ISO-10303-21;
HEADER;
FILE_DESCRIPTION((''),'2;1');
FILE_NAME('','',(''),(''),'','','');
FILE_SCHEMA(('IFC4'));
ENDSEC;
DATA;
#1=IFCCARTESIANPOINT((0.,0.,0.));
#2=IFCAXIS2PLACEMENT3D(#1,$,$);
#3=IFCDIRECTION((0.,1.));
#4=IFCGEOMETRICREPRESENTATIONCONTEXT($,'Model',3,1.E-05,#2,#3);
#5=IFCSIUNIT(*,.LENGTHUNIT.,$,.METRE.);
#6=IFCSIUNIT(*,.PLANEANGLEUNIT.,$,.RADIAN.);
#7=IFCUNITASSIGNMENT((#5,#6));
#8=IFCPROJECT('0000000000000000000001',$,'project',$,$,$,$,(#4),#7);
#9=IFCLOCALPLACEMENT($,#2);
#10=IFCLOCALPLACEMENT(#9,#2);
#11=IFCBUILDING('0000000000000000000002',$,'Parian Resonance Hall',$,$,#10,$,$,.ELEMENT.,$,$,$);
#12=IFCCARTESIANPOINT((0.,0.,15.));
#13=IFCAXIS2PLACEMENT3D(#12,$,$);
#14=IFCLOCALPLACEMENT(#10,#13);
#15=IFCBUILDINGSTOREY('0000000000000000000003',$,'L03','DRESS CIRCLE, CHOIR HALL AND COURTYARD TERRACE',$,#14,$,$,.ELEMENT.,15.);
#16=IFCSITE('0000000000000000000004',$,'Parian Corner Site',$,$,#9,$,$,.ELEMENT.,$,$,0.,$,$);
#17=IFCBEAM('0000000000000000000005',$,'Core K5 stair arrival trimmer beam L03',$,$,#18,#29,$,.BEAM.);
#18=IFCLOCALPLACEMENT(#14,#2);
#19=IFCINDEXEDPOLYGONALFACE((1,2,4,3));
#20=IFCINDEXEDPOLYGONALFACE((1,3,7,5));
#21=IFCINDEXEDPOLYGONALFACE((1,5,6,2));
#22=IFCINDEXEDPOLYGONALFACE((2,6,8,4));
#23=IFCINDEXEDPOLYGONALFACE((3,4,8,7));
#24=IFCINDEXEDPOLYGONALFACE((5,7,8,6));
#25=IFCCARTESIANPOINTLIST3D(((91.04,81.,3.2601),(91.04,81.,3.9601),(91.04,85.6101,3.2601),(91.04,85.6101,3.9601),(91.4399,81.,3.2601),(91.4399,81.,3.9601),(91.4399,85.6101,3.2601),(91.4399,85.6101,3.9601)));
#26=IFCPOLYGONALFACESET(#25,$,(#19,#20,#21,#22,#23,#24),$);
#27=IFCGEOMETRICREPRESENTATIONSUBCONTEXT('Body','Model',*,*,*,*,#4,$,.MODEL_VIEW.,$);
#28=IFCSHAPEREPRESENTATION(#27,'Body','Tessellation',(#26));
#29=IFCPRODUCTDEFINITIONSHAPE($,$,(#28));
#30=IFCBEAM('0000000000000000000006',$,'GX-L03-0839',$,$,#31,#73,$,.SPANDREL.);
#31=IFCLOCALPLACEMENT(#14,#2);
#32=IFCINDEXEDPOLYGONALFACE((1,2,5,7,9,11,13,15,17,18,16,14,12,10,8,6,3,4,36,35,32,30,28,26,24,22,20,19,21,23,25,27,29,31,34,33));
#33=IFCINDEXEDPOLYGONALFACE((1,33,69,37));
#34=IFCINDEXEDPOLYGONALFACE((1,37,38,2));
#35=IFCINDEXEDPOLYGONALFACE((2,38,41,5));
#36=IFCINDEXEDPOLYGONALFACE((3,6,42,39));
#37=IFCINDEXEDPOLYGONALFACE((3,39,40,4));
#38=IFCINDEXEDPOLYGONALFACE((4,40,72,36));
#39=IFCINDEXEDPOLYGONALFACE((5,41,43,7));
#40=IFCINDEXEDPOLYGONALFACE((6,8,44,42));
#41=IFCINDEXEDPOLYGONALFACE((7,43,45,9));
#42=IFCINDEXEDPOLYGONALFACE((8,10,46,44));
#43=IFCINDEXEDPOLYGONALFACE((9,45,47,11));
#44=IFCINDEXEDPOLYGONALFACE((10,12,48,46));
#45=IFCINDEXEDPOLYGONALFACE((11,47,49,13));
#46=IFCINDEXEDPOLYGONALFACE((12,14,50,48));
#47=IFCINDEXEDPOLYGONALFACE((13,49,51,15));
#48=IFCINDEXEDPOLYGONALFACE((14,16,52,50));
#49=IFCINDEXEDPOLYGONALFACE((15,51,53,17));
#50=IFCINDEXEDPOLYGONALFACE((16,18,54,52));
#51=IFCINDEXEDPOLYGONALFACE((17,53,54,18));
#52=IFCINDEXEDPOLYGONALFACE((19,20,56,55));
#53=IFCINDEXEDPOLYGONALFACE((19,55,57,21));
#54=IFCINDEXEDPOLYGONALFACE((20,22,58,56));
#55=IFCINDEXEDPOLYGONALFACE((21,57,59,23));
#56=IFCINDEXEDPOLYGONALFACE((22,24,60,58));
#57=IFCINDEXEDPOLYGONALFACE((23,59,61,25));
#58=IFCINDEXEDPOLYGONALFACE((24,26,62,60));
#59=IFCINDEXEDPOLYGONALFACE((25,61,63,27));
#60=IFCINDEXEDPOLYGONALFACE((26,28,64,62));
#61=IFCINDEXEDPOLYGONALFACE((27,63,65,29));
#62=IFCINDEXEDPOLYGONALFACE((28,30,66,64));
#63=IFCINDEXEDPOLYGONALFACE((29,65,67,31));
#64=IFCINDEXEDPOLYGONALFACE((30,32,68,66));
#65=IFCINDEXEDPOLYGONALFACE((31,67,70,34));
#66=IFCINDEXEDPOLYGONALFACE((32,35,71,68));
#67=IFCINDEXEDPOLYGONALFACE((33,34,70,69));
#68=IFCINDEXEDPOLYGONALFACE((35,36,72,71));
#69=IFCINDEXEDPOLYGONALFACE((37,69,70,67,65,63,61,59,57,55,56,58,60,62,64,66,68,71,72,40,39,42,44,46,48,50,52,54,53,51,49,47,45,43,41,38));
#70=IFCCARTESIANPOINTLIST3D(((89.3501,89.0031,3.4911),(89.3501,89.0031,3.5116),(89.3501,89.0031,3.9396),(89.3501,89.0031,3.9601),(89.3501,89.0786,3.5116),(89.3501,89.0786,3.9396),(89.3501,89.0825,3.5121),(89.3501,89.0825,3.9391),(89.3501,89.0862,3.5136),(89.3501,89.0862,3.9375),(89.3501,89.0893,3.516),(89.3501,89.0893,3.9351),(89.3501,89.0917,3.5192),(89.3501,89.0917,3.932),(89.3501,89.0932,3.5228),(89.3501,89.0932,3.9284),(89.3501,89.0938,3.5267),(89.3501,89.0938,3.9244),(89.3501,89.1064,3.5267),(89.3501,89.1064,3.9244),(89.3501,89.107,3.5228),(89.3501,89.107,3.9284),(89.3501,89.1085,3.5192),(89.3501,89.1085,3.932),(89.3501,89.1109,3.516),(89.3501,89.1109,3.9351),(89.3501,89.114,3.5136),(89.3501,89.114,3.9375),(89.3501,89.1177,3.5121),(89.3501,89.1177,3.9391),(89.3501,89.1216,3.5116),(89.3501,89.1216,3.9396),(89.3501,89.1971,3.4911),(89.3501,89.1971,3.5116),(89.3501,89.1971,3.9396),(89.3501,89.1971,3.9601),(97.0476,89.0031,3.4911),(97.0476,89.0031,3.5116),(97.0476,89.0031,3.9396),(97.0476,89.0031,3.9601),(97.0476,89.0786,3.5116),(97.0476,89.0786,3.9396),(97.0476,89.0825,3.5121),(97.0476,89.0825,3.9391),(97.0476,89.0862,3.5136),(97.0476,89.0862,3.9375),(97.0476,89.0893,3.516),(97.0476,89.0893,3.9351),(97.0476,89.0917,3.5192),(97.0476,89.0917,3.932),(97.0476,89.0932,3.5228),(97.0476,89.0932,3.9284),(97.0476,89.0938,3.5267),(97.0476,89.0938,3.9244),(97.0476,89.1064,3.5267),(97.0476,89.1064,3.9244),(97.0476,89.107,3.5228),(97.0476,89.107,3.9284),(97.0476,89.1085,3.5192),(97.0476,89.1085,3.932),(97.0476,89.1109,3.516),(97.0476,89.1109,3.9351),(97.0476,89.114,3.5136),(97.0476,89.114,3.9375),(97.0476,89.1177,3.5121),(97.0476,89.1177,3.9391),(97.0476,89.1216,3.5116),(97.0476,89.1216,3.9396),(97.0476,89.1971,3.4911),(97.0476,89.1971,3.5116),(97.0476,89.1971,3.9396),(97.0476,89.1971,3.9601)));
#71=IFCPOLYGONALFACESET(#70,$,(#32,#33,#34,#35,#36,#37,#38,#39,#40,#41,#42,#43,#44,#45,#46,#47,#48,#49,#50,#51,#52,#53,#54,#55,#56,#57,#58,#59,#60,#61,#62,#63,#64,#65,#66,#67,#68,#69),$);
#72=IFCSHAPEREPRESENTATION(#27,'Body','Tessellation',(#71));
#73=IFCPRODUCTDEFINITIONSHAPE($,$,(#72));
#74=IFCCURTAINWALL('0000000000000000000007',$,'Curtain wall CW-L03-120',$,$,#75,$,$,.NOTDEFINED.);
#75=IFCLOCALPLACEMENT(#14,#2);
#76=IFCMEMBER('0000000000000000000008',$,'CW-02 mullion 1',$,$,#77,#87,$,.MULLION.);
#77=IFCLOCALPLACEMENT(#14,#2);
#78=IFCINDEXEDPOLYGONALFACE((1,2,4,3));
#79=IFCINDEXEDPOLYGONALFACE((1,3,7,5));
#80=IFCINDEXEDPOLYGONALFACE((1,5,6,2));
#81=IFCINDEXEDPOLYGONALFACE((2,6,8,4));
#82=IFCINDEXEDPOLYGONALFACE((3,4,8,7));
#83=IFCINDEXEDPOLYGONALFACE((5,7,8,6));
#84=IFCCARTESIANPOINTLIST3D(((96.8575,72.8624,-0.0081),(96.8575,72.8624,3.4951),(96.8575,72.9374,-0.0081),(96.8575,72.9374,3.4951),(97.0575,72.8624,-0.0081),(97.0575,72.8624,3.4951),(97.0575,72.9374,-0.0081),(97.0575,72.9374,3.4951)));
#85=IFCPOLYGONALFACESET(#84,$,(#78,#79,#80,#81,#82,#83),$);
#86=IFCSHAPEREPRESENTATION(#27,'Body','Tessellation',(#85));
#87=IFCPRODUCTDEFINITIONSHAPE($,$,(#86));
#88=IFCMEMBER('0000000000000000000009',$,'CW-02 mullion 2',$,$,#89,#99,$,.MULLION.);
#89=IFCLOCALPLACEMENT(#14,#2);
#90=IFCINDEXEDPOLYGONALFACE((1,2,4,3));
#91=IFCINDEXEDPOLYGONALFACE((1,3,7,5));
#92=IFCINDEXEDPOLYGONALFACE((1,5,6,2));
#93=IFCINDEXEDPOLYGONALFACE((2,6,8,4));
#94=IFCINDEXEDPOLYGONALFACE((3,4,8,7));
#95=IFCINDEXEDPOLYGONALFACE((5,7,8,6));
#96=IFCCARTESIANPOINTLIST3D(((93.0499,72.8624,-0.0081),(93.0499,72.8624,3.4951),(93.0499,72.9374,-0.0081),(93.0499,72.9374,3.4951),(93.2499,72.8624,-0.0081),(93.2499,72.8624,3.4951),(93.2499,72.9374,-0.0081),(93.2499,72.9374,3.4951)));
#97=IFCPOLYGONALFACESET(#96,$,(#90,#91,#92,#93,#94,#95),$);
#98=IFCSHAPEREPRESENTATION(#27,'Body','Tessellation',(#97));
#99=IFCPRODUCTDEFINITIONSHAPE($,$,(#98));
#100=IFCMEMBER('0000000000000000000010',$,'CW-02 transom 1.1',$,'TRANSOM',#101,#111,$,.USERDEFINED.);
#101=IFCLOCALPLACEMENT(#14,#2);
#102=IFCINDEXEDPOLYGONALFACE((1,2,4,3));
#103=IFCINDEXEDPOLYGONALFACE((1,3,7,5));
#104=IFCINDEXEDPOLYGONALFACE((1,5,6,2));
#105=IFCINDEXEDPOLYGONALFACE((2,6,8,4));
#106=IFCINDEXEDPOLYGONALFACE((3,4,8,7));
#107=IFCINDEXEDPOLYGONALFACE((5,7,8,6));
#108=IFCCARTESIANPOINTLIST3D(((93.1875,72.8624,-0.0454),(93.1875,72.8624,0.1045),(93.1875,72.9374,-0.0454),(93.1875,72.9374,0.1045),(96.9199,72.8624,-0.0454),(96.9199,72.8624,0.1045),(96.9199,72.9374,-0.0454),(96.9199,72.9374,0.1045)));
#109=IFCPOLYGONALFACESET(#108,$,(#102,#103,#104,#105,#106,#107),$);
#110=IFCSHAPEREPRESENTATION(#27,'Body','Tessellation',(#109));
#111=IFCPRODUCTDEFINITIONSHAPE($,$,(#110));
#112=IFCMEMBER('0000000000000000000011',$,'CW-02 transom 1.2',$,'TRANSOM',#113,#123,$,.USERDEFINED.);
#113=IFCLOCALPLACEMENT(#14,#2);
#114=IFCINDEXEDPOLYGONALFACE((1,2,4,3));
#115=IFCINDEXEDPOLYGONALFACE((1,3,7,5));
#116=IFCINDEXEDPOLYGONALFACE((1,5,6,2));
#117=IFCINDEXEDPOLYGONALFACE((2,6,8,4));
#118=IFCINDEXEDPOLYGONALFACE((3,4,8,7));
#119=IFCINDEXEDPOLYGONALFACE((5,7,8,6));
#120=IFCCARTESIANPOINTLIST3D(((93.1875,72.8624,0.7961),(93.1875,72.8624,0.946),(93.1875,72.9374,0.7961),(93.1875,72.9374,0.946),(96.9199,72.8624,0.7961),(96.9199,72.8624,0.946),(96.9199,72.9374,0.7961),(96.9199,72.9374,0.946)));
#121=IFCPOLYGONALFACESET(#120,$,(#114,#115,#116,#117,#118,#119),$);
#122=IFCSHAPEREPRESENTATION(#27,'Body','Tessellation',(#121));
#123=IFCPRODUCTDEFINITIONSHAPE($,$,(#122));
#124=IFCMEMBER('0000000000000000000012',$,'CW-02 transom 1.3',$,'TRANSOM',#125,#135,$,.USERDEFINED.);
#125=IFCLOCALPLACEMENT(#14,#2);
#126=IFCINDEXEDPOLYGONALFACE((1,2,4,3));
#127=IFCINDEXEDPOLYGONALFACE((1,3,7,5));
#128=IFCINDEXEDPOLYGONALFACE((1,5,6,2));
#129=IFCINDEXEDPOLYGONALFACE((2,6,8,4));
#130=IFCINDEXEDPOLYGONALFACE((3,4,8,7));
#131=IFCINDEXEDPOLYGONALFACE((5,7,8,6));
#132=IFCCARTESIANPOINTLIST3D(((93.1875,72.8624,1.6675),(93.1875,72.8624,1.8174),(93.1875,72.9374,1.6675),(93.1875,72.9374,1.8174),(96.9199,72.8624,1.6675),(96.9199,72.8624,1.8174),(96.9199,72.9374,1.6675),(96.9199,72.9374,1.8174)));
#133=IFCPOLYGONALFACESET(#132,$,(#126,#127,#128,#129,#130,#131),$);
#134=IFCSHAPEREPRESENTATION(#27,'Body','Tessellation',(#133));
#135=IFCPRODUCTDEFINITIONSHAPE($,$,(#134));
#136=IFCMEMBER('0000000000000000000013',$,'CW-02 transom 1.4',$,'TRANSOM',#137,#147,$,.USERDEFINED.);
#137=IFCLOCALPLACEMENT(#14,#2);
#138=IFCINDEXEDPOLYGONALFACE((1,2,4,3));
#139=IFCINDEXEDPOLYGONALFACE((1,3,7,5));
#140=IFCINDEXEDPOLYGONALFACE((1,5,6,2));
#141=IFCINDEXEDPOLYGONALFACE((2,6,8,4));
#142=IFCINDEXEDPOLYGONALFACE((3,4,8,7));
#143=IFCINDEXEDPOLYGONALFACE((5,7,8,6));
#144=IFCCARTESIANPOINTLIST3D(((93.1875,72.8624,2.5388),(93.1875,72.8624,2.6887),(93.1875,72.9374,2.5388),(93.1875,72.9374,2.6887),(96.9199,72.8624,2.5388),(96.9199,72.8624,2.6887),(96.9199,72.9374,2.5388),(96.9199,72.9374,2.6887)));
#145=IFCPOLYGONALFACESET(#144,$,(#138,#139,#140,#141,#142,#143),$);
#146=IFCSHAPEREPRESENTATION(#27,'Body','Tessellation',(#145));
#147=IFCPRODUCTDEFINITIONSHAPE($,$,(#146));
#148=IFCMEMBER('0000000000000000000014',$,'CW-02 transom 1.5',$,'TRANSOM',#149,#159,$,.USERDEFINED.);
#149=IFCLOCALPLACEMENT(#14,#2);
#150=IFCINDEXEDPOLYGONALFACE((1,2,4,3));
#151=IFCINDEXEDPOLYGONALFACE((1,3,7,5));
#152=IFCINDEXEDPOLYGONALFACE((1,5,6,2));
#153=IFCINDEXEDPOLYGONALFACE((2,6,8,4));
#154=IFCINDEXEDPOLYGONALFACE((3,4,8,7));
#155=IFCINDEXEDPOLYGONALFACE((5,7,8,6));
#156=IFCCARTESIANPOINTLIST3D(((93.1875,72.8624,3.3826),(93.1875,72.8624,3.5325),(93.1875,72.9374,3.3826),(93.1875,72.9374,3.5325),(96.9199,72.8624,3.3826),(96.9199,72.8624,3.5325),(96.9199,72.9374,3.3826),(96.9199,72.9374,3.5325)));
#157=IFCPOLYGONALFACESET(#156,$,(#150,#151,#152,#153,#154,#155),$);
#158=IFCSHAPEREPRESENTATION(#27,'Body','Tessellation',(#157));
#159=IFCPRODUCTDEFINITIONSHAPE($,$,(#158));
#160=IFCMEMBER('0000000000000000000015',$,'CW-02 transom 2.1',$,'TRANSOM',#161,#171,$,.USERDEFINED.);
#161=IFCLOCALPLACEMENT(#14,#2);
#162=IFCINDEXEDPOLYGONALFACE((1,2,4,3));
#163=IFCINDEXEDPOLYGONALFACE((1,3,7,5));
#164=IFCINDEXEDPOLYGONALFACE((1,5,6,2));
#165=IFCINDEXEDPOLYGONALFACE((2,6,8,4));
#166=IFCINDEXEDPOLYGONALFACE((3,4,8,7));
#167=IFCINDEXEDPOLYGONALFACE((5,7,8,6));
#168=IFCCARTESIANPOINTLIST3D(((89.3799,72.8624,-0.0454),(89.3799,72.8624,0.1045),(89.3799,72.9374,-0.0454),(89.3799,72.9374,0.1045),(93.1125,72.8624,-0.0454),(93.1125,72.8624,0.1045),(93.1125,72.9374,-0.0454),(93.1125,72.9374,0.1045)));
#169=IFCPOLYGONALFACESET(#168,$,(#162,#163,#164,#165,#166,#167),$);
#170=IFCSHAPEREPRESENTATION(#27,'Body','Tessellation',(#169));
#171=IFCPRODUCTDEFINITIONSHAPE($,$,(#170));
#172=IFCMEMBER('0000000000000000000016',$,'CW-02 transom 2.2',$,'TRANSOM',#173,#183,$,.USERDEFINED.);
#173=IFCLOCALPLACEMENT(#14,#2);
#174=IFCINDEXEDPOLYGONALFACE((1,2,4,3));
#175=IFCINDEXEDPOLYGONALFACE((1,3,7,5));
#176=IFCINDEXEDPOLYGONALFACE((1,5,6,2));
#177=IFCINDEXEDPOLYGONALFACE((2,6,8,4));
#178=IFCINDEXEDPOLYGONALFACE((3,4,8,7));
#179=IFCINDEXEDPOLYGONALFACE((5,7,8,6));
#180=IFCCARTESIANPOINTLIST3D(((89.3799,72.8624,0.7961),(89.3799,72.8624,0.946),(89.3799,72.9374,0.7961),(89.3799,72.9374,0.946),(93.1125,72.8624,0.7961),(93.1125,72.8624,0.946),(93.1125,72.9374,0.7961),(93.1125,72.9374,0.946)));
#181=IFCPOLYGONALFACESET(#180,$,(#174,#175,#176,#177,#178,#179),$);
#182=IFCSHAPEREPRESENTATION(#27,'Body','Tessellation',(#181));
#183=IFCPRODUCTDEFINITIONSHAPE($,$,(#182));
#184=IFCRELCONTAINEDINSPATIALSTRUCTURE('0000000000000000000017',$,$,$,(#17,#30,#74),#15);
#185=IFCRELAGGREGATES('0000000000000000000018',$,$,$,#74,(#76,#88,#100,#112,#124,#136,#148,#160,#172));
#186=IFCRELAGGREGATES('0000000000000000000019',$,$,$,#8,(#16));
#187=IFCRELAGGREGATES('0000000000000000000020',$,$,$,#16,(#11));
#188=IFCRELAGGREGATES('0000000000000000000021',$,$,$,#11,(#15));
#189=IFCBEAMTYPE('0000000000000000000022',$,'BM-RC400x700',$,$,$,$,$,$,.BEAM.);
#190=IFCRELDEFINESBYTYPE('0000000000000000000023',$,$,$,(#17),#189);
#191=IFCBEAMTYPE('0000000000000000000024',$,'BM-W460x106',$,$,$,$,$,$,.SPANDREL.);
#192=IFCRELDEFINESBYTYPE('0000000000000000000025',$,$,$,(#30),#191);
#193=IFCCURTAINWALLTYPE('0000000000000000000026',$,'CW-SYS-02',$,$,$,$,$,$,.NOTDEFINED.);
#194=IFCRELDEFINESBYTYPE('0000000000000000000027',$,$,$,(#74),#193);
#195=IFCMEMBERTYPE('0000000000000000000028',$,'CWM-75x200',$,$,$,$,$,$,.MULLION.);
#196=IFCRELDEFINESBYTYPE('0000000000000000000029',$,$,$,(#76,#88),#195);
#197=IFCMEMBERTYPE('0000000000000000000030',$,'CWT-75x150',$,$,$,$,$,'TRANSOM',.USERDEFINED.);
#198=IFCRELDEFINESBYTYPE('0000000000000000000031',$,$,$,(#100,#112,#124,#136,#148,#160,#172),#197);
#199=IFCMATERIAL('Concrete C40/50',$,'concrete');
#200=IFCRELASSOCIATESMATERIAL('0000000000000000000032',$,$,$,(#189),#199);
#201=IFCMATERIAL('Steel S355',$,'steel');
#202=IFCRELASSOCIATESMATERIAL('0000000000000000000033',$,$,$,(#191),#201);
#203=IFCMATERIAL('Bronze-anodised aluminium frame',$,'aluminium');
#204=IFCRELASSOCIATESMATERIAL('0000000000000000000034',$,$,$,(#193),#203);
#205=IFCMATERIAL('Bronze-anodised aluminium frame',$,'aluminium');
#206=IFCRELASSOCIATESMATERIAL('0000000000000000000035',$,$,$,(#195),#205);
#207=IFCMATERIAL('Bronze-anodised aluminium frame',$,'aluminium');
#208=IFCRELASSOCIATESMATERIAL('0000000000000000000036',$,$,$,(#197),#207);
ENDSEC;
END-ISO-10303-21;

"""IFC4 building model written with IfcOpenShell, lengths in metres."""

from ifc_helpers import new_model, si_unit, direction, frame, origin, origin_2d, place, context, subcontext, project, spatial, rectangle, i_section, extrude, material, material_profile, profile_set, type_object, element, aggregate, save


model = new_model("IFC4")

# Units and contexts
model_context = context("Model", 3, precision=1e-05, world=origin(), true_north=direction((0.0, 1.0)))
body_context = subcontext(model_context, "Body", "Model", "MODEL_VIEW")
ifc_project = project(units=[si_unit("LENGTHUNIT", "METRE"), si_unit("PLANEANGLEUNIT", "RADIAN")], contexts=[model_context])

# Site, building, storey
site_placement = place(None, origin())
site = spatial("IfcSite", under=ifc_project, at=site_placement, Name="Parian Corner Site", CompositionType="ELEMENT", RefElevation=0.0)
building_placement = place(site_placement, origin())
building = spatial("IfcBuilding", under=site, at=building_placement, Name="Parian Resonance Hall", CompositionType="ELEMENT")
storey_placement = place(building_placement, frame((0.0, 0.0, 15.0)))
storey = spatial("IfcBuildingStorey", under=building, at=storey_placement, Name="L03", Description="DRESS CIRCLE, CHOIR HALL AND COURTYARD TERRACE", CompositionType="ELEMENT", Elevation=15.0)

# Beams
ifc_material_1 = material(Name="Concrete C40/50", Category="concrete")
ifc_material_profile_1 = material_profile(ifc_material_1, rectangle(XDim=0.3999, YDim=0.7, at=origin_2d()), Name="RC-BM-400x700")
ifc_profile_set_1 = profile_set([ifc_material_profile_1], Name="Concrete C40/50")
beam_type_1 = type_object("IfcBeamType", Name="BM-RC400x700", PredefinedType="BEAM", material=ifc_profile_set_1)
beam_1_placement = place(storey_placement, frame((91.24, 81.0, 3.6101), z_axis=(0.0, 1.0, 0.0), x_axis=(-1.0, 0.0, 0.0)))
element("IfcBeam", 1, at=beam_1_placement, inside=storey, type_object=beam_type_1, Name="Core K5 stair arrival trimmer beam L03", PredefinedType="BEAM", context=body_context, shape_type="SweptSolid", body=[
    extrude(rectangle(XDim=0.3999, YDim=0.7, at=origin_2d()), origin(), (0.0, 0.0, 1.0), 4.6101),
])
ifc_material_2 = material(Name="Steel S355", Category="steel")
ifc_material_profile_2 = material_profile(ifc_material_2, i_section(OverallWidth=0.1941, OverallDepth=0.469, WebThickness=0.0127, FlangeThickness=0.0205, FilletRadius=0.0151, at=origin_2d()), Name="W460x106")
ifc_profile_set_2 = profile_set([ifc_material_profile_2], Name="Steel S355")
beam_type_2 = type_object("IfcBeamType", Name="BM-W460x106", PredefinedType="SPANDREL", material=ifc_profile_set_2)
beam_2_placement = place(storey_placement, frame((89.3501, 89.1001, 3.7256), z_axis=(1.0, 0.0, 0.0), x_axis=(0.0, 1.0, 0.0)))
element("IfcBeam", 2, at=beam_2_placement, inside=storey, type_object=beam_type_2, Name="GX-L03-0839", PredefinedType="SPANDREL", context=body_context, shape_type="SweptSolid", body=[
    extrude(i_section(OverallWidth=0.1941, OverallDepth=0.469, WebThickness=0.0127, FlangeThickness=0.0205, FilletRadius=0.0151, at=origin_2d()), origin(), (0.0, 0.0, 1.0), 7.6975),
])

# Curtain wall, members
ifc_material_3 = material(Name="Bronze-anodised aluminium frame", Category="aluminium")
curtain_wall_type = type_object("IfcCurtainWallType", Name="CW-SYS-02", PredefinedType="NOTDEFINED", material=ifc_material_3)
curtain_wall_placement = place(storey_placement, origin())
curtain_wall = element("IfcCurtainWall", 3, at=curtain_wall_placement, inside=storey, type_object=curtain_wall_type, Name="Curtain wall CW-L03-120", PredefinedType="NOTDEFINED")
ifc_material_4 = material(Name="Bronze-anodised aluminium frame", Category="aluminium")
ifc_material_profile_3 = material_profile(ifc_material_4, rectangle(XDim=0.075, YDim=0.2, at=origin_2d()), Name="CWM-75x200")
ifc_profile_set_3 = profile_set([ifc_material_profile_3], Name="Bronze-anodised aluminium frame")
member_type_1 = type_object("IfcMemberType", Name="CWM-75x200", PredefinedType="MULLION", material=ifc_profile_set_3)
member_1_placement = place(storey_placement, frame((96.9575, 72.8999, -0.0081), z_axis=(0.0, 0.0, 1.0), x_axis=(0.0, -1.0, 0.0)))
member_1 = element("IfcMember", 4, at=member_1_placement, type_object=member_type_1, Name="CW-02 mullion 1", PredefinedType="MULLION", context=body_context, shape_type="SweptSolid", body=[
    extrude(rectangle(XDim=0.075, YDim=0.2, at=origin_2d()), origin(), (0.0, 0.0, 1.0), 3.5032),
])
member_2_placement = place(storey_placement, frame((93.1499, 72.8999, -0.0081), z_axis=(0.0, 0.0, 1.0), x_axis=(0.0, -1.0, 0.0)))
member_2 = element("IfcMember", 5, at=member_2_placement, type_object=member_type_1, Name="CW-02 mullion 2", PredefinedType="MULLION", context=body_context, shape_type="SweptSolid", body=[
    extrude(rectangle(XDim=0.075, YDim=0.2, at=origin_2d()), origin(), (0.0, 0.0, 1.0), 3.5032),
])
ifc_material_5 = material(Name="Bronze-anodised aluminium frame", Category="aluminium")
ifc_material_profile_4 = material_profile(ifc_material_5, rectangle(XDim=0.075, YDim=0.1499, at=origin_2d()), Name="CWT-75x150")
ifc_profile_set_4 = profile_set([ifc_material_profile_4], Name="Bronze-anodised aluminium frame")
member_type_2 = type_object("IfcMemberType", Name="CWT-75x150", ElementType="TRANSOM", PredefinedType="USERDEFINED", material=ifc_profile_set_4)
member_3_placement = place(storey_placement, frame((96.9199, 72.8999, 0.0295), z_axis=(-1.0, 0.0, 0.0), x_axis=(0.0, -1.0, 0.0)))
member_3 = element("IfcMember", 6, at=member_3_placement, type_object=member_type_2, Name="CW-02 transom 1.1", ObjectType="TRANSOM", PredefinedType="USERDEFINED", context=body_context, shape_type="SweptSolid", body=[
    extrude(rectangle(XDim=0.075, YDim=0.1499, at=origin_2d()), origin(), (0.0, 0.0, 1.0), 3.7324),
])
member_4_placement = place(storey_placement, frame((96.9199, 72.8999, 0.8711), z_axis=(-1.0, 0.0, 0.0), x_axis=(0.0, -1.0, 0.0)))
member_4 = element("IfcMember", 7, at=member_4_placement, type_object=member_type_2, Name="CW-02 transom 1.2", ObjectType="TRANSOM", PredefinedType="USERDEFINED", context=body_context, shape_type="SweptSolid", body=[
    extrude(rectangle(XDim=0.075, YDim=0.1499, at=origin_2d()), origin(), (0.0, 0.0, 1.0), 3.7324),
])
member_5_placement = place(storey_placement, frame((96.9199, 72.8999, 1.7424), z_axis=(-1.0, 0.0, 0.0), x_axis=(0.0, -1.0, 0.0)))
member_5 = element("IfcMember", 8, at=member_5_placement, type_object=member_type_2, Name="CW-02 transom 1.3", ObjectType="TRANSOM", PredefinedType="USERDEFINED", context=body_context, shape_type="SweptSolid", body=[
    extrude(rectangle(XDim=0.075, YDim=0.1499, at=origin_2d()), origin(), (0.0, 0.0, 1.0), 3.7324),
])
member_6_placement = place(storey_placement, frame((96.9199, 72.8999, 2.6138), z_axis=(-1.0, 0.0, 0.0), x_axis=(0.0, -1.0, 0.0)))
member_6 = element("IfcMember", 9, at=member_6_placement, type_object=member_type_2, Name="CW-02 transom 1.4", ObjectType="TRANSOM", PredefinedType="USERDEFINED", context=body_context, shape_type="SweptSolid", body=[
    extrude(rectangle(XDim=0.075, YDim=0.1499, at=origin_2d()), origin(), (0.0, 0.0, 1.0), 3.7324),
])
member_7_placement = place(storey_placement, frame((96.9199, 72.8999, 3.4575), z_axis=(-1.0, 0.0, 0.0), x_axis=(0.0, -1.0, 0.0)))
member_7 = element("IfcMember", 10, at=member_7_placement, type_object=member_type_2, Name="CW-02 transom 1.5", ObjectType="TRANSOM", PredefinedType="USERDEFINED", context=body_context, shape_type="SweptSolid", body=[
    extrude(rectangle(XDim=0.075, YDim=0.1499, at=origin_2d()), origin(), (0.0, 0.0, 1.0), 3.7324),
])
member_8_placement = place(storey_placement, frame((93.1125, 72.8999, 0.0295), z_axis=(-1.0, 0.0, 0.0), x_axis=(0.0, -1.0, 0.0)))
member_8 = element("IfcMember", 11, at=member_8_placement, type_object=member_type_2, Name="CW-02 transom 2.1", ObjectType="TRANSOM", PredefinedType="USERDEFINED", context=body_context, shape_type="SweptSolid", body=[
    extrude(rectangle(XDim=0.075, YDim=0.1499, at=origin_2d()), origin(), (0.0, 0.0, 1.0), 3.7327),
])
member_9_placement = place(storey_placement, frame((93.1125, 72.8999, 0.8711), z_axis=(-1.0, 0.0, 0.0), x_axis=(0.0, -1.0, 0.0)))
member_9 = element("IfcMember", 12, at=member_9_placement, type_object=member_type_2, Name="CW-02 transom 2.2", ObjectType="TRANSOM", PredefinedType="USERDEFINED", context=body_context, shape_type="SweptSolid", body=[
    extrude(rectangle(XDim=0.075, YDim=0.1499, at=origin_2d()), origin(), (0.0, 0.0, 1.0), 3.7327),
])
aggregate(curtain_wall, [member_1, member_2, member_3, member_4, member_5, member_6, member_7, member_8, member_9])

save(model, "model.ifc")
